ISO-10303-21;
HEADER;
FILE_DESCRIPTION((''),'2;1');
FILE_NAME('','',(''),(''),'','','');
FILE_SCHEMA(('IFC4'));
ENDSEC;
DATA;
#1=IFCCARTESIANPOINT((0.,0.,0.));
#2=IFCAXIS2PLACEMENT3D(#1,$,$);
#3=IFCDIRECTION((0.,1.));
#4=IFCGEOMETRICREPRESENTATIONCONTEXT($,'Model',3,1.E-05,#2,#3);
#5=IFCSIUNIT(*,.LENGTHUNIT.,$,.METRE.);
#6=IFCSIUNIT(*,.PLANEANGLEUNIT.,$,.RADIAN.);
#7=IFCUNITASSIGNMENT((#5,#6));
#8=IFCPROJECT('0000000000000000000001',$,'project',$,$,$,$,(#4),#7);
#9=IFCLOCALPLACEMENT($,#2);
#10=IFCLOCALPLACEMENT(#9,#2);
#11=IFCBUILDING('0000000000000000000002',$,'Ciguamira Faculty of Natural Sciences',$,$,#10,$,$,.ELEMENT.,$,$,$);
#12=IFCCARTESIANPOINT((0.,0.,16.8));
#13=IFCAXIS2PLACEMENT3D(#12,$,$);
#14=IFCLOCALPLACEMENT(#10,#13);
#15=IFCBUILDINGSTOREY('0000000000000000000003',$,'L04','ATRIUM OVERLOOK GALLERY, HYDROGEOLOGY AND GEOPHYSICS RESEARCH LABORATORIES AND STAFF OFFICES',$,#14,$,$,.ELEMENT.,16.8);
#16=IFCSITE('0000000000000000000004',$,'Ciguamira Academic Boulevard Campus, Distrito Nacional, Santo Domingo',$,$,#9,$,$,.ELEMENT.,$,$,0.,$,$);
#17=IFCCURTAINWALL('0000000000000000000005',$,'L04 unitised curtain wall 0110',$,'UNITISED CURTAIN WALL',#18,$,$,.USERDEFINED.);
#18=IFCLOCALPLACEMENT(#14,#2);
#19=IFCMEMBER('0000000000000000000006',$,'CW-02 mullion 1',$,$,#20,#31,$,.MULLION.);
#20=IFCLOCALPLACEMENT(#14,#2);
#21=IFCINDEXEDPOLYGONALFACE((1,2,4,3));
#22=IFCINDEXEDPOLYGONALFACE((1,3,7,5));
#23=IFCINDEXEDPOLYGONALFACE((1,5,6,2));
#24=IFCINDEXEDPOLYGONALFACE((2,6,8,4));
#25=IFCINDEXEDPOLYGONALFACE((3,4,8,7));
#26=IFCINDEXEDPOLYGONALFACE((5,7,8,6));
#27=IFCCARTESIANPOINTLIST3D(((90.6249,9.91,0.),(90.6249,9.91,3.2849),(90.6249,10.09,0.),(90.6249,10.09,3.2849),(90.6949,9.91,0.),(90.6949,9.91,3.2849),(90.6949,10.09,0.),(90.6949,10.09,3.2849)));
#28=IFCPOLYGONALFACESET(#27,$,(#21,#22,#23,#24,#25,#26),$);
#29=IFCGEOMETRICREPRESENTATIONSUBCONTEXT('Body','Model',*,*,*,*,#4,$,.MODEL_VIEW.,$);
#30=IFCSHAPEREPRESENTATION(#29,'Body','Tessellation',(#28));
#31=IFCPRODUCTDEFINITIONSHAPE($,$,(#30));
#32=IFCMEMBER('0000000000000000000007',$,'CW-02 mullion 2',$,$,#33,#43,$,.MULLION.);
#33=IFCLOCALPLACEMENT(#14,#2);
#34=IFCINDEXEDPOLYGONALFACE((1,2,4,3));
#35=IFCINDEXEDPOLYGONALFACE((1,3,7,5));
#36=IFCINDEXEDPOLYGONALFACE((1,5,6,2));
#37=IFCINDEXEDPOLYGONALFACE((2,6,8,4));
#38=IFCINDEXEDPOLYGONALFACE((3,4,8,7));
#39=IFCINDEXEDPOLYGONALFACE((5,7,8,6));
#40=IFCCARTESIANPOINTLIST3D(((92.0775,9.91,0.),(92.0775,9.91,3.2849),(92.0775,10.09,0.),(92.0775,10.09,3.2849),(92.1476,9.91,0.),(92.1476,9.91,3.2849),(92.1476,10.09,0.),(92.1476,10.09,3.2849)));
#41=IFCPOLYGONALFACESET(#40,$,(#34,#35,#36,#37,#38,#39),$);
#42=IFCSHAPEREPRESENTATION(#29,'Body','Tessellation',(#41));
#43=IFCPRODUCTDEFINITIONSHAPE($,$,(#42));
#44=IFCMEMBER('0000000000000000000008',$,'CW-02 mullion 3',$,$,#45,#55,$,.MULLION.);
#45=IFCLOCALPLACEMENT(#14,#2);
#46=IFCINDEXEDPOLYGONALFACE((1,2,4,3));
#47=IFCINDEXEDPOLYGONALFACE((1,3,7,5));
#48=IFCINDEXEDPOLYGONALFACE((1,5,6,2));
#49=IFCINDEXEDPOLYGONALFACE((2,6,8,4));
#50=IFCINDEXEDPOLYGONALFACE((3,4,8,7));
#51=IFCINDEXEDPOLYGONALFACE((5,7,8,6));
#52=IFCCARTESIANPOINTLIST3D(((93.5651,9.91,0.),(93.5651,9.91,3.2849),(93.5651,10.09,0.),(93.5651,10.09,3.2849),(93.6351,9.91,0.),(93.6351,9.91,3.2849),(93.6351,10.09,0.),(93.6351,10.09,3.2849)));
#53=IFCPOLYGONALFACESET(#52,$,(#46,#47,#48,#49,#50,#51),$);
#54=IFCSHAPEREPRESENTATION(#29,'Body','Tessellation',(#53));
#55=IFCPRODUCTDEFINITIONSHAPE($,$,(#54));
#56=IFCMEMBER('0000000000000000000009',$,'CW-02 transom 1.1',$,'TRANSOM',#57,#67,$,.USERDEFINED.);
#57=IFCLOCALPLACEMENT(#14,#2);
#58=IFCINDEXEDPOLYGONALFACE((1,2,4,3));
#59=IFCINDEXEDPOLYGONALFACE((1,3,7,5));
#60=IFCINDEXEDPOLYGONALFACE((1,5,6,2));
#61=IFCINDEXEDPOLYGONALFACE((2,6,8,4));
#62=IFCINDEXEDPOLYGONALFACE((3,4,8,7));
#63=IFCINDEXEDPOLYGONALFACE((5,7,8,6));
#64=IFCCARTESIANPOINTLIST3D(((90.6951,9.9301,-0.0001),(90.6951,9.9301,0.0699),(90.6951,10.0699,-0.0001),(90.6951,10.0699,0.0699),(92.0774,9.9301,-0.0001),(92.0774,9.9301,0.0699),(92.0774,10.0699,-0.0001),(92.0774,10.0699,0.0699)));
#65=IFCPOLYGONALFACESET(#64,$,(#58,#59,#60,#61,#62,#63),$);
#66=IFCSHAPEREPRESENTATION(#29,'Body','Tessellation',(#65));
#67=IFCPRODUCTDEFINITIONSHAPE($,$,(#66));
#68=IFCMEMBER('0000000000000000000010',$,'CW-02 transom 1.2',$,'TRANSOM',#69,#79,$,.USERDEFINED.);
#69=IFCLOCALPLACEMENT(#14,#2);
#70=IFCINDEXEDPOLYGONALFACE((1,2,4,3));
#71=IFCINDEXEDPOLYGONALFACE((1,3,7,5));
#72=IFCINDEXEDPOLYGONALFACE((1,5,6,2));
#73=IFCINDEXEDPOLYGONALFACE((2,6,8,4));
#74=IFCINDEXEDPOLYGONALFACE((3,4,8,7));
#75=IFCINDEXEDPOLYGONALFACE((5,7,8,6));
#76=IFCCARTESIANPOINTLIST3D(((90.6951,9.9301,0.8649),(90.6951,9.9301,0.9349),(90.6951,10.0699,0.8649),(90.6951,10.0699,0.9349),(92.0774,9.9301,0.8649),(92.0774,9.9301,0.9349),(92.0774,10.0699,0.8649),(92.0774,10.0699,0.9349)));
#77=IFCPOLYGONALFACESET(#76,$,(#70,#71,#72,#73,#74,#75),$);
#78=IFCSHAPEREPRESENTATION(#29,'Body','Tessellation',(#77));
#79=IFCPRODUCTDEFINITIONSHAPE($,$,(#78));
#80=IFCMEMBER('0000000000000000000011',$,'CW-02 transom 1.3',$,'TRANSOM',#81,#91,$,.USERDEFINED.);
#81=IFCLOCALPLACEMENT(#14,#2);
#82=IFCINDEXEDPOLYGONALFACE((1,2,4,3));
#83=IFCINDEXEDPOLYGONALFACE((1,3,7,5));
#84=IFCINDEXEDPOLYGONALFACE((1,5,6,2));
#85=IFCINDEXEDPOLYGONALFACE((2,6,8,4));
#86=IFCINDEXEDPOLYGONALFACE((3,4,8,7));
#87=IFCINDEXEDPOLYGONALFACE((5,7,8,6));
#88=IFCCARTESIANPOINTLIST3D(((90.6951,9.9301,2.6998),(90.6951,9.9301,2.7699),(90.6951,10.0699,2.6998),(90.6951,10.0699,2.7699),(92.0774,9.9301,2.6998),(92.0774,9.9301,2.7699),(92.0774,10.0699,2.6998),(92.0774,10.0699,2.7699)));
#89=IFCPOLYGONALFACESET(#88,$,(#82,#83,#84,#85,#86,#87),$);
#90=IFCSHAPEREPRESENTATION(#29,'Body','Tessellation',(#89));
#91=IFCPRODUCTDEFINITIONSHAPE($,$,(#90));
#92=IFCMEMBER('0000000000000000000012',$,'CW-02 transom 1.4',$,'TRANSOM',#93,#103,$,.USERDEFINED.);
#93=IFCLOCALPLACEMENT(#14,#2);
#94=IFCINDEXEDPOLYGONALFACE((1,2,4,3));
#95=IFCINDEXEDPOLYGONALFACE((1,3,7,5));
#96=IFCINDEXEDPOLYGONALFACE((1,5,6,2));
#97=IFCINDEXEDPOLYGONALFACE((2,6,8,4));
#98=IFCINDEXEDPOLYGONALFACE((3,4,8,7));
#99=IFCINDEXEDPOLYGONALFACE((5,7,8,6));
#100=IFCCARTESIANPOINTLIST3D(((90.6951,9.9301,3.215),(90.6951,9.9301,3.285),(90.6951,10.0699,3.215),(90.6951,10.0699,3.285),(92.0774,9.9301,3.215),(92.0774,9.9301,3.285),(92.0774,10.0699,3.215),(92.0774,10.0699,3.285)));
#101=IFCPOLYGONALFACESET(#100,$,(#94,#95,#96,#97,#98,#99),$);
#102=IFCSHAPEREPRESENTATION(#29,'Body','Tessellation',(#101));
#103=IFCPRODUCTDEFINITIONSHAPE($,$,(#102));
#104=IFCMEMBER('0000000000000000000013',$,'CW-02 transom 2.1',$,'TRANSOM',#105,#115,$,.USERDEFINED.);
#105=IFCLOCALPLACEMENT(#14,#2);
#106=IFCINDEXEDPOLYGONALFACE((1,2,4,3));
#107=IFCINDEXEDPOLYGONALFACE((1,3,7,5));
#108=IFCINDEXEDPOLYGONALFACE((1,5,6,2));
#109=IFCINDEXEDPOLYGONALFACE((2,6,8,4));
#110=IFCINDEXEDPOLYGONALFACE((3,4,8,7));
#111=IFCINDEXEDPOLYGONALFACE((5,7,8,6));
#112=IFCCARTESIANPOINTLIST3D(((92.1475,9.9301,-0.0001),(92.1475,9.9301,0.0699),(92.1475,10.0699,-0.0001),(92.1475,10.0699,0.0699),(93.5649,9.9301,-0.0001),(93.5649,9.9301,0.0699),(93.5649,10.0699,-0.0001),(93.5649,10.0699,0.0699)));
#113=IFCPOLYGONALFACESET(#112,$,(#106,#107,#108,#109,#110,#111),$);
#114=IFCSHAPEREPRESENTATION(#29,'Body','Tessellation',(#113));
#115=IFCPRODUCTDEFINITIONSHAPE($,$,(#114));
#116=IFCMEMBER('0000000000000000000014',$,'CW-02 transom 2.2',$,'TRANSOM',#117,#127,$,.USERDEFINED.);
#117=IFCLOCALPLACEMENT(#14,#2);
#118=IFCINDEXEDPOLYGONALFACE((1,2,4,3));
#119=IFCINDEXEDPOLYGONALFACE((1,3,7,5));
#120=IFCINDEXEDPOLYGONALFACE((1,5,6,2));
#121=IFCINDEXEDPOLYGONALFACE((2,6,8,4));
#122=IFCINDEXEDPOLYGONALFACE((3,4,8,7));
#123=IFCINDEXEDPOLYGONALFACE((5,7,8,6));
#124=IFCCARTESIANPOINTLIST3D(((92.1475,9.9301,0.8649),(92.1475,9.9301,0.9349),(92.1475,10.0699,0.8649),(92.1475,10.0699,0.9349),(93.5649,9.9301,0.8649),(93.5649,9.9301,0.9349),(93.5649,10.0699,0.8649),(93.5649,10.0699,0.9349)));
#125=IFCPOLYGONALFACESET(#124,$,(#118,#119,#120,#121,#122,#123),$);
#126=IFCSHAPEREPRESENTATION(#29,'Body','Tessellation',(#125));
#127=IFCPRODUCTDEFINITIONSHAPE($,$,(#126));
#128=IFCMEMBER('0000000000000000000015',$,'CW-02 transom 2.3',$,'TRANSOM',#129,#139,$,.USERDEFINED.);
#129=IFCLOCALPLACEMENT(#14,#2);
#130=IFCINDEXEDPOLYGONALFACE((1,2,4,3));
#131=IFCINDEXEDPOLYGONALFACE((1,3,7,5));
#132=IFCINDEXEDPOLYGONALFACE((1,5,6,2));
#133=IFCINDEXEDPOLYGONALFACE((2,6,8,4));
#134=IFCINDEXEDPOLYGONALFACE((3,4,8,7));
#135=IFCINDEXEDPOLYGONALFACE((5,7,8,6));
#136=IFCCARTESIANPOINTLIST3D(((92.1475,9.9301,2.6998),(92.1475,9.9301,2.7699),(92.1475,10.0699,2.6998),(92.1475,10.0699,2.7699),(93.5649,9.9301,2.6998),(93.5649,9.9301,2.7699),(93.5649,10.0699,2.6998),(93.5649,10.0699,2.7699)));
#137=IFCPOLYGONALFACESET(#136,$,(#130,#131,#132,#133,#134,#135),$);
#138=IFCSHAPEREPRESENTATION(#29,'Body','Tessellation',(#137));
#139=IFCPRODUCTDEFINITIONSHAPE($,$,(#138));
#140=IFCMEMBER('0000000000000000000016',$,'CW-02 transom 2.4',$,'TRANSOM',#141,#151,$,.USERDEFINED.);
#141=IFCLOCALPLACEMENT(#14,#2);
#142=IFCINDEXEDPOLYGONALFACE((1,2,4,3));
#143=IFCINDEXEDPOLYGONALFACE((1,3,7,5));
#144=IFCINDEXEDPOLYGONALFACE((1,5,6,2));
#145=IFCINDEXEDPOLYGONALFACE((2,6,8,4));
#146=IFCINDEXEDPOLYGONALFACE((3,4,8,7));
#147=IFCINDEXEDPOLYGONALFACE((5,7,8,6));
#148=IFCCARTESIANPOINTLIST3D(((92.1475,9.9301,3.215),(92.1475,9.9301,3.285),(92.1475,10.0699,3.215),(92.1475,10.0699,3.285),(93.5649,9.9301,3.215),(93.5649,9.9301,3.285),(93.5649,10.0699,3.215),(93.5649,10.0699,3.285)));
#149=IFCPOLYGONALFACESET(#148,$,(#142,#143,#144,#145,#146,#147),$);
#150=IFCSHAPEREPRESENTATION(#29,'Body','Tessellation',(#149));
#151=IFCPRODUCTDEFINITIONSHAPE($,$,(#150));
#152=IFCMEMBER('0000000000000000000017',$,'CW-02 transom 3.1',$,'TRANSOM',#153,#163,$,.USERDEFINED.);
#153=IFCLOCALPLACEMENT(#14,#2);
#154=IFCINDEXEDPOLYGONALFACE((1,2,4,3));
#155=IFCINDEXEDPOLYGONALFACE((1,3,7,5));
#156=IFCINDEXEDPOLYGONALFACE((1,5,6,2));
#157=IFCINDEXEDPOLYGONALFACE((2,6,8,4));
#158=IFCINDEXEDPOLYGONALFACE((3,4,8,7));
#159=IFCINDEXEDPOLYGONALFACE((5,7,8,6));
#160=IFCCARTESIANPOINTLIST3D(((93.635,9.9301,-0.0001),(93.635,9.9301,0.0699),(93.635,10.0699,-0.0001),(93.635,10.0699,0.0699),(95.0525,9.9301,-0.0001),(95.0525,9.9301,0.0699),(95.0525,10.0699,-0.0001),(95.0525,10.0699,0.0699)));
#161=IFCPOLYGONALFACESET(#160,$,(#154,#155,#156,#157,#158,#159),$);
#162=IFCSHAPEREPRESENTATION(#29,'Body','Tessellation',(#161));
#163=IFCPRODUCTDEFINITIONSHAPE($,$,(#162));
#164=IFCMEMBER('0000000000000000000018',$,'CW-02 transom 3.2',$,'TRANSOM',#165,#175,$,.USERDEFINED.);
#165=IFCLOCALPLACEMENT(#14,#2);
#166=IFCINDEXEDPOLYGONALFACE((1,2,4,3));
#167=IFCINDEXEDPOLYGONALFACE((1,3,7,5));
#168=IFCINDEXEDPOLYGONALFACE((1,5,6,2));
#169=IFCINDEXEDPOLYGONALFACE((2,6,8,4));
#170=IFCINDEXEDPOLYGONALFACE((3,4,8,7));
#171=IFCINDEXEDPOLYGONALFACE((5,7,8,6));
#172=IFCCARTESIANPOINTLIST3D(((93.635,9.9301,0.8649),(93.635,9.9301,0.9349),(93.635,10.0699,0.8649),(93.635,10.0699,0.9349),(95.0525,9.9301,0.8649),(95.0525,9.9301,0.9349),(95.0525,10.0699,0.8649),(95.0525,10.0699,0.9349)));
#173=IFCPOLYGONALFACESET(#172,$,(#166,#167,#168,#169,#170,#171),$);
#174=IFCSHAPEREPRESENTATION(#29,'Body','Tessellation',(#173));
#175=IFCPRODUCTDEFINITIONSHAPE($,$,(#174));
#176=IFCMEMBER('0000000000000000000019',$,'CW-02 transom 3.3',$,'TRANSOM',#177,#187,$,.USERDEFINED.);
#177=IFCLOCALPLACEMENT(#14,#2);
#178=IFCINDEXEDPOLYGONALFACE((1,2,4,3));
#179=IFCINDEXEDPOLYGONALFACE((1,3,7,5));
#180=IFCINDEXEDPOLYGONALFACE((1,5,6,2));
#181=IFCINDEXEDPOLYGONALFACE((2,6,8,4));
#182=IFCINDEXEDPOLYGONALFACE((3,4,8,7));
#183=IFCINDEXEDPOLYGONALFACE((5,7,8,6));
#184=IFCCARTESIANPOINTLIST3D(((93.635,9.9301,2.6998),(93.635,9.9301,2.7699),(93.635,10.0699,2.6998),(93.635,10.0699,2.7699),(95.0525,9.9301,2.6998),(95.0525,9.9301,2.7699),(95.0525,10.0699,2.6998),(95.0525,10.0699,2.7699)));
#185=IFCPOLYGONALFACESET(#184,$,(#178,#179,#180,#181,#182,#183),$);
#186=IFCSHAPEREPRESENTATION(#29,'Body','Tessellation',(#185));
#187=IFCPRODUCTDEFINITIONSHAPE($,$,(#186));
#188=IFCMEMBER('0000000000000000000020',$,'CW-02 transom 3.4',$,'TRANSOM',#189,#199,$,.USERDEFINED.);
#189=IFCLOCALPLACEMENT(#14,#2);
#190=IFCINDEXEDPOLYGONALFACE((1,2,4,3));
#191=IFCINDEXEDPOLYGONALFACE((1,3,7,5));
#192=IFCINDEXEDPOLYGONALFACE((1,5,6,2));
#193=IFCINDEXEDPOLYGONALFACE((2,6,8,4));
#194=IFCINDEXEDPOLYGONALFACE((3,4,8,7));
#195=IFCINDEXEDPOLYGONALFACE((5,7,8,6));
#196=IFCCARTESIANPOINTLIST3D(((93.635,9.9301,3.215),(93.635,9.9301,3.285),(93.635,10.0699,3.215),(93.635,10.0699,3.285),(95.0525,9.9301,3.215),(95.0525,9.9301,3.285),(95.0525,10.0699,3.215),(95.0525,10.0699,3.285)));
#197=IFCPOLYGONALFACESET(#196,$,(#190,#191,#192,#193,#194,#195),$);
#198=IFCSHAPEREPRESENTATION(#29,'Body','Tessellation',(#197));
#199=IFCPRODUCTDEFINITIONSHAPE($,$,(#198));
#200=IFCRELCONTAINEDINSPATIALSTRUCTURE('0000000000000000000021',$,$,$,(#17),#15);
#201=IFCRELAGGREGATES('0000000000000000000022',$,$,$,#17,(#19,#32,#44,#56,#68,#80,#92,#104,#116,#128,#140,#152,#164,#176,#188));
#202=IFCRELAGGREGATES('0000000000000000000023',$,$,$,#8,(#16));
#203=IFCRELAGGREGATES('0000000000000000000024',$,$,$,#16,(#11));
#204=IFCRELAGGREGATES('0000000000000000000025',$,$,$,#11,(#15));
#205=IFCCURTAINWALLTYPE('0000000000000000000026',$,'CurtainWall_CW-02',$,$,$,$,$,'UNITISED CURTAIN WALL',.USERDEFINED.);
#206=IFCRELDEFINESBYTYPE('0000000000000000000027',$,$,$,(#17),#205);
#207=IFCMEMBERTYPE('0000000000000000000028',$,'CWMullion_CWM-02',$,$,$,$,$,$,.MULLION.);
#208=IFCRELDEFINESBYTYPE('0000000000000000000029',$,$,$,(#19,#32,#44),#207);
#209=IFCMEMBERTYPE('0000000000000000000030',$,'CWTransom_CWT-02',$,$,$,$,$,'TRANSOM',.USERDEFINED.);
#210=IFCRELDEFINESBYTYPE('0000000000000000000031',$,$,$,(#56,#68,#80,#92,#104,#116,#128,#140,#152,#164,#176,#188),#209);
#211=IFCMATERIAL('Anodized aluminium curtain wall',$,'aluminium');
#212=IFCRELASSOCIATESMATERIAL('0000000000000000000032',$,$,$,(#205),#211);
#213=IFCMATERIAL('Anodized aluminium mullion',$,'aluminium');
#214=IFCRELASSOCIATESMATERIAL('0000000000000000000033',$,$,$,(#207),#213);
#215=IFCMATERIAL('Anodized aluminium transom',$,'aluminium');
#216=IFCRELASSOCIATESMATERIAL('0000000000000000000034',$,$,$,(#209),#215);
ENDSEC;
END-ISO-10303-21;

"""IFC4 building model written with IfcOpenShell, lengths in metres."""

from ifc_helpers import new_model, si_unit, direction, frame, origin, origin_2d, place, context, subcontext, project, spatial, rectangle, extrude, material, material_profile, profile_set, type_object, element, aggregate, save


model = new_model("IFC4")

# Units and contexts
model_context = context("Model", 3, precision=1e-05, world=origin(), true_north=direction((0.0, 1.0)))
body_context = subcontext(model_context, "Body", "Model", "MODEL_VIEW")
ifc_project = project(units=[si_unit("LENGTHUNIT", "METRE"), si_unit("PLANEANGLEUNIT", "RADIAN")], contexts=[model_context])

# Site, building, storey
site_placement = place(None, origin())
site = spatial("IfcSite", under=ifc_project, at=site_placement, Name="Ciguamira Academic Boulevard Campus, Distrito Nacional, Santo Domingo", CompositionType="ELEMENT", RefElevation=0.0)
building_placement = place(site_placement, origin())
building = spatial("IfcBuilding", under=site, at=building_placement, Name="Ciguamira Faculty of Natural Sciences", CompositionType="ELEMENT")
storey_placement = place(building_placement, frame((0.0, 0.0, 16.8)))
storey = spatial("IfcBuildingStorey", under=building, at=storey_placement, Name="L04", Description="ATRIUM OVERLOOK GALLERY, HYDROGEOLOGY AND GEOPHYSICS RESEARCH LABORATORIES AND STAFF OFFICES", CompositionType="ELEMENT", Elevation=16.8)

# Curtain wall, members
ifc_material_1 = material(Name="Anodized aluminium curtain wall", Category="aluminium")
curtain_wall_type = type_object("IfcCurtainWallType", Name="CurtainWall_CW-02", ElementType="UNITISED CURTAIN WALL", PredefinedType="USERDEFINED", material=ifc_material_1)
curtain_wall_placement = place(storey_placement, origin())
curtain_wall = element("IfcCurtainWall", 1, at=curtain_wall_placement, inside=storey, type_object=curtain_wall_type, Name="L04 unitised curtain wall 0110", ObjectType="UNITISED CURTAIN WALL", PredefinedType="USERDEFINED")
ifc_material_2 = material(Name="Anodized aluminium mullion", Category="aluminium")
ifc_material_profile_1 = material_profile(ifc_material_2, rectangle(XDim=0.0701, YDim=0.1799, at=origin_2d()), Name="ALU-MUL-70X180")
ifc_profile_set_1 = profile_set([ifc_material_profile_1], Name="Anodized aluminium mullion")
member_type_1 = type_object("IfcMemberType", Name="CWMullion_CWM-02", PredefinedType="MULLION", material=ifc_profile_set_1)
member_1_placement = place(storey_placement, frame((90.6599, 10.0, 0.0), z_axis=(0.0, 0.0, 1.0), x_axis=(1.0, 0.0, 0.0)))
member_1 = element("IfcMember", 2, at=member_1_placement, type_object=member_type_1, Name="CW-02 mullion 1", PredefinedType="MULLION", context=body_context, shape_type="SweptSolid", body=[
    extrude(rectangle(XDim=0.0701, YDim=0.1799, at=origin_2d()), origin(), (0.0, 0.0, 1.0), 3.2849),
])
member_2_placement = place(storey_placement, frame((92.1125, 10.0, 0.0), z_axis=(0.0, 0.0, 1.0), x_axis=(1.0, 0.0, 0.0)))
member_2 = element("IfcMember", 3, at=member_2_placement, type_object=member_type_1, Name="CW-02 mullion 2", PredefinedType="MULLION", context=body_context, shape_type="SweptSolid", body=[
    extrude(rectangle(XDim=0.0701, YDim=0.1799, at=origin_2d()), origin(), (0.0, 0.0, 1.0), 3.2849),
])
member_3_placement = place(storey_placement, frame((93.6001, 10.0, 0.0), z_axis=(0.0, 0.0, 1.0), x_axis=(1.0, 0.0, 0.0)))
member_3 = element("IfcMember", 4, at=member_3_placement, type_object=member_type_1, Name="CW-02 mullion 3", PredefinedType="MULLION", context=body_context, shape_type="SweptSolid", body=[
    extrude(rectangle(XDim=0.0701, YDim=0.1799, at=origin_2d()), origin(), (0.0, 0.0, 1.0), 3.2849),
])
ifc_material_3 = material(Name="Anodized aluminium transom", Category="aluminium")
ifc_material_profile_2 = material_profile(ifc_material_3, rectangle(XDim=0.0701, YDim=0.1399, at=origin_2d()), Name="ALU-TRN-70X140")
ifc_profile_set_2 = profile_set([ifc_material_profile_2], Name="Anodized aluminium transom")
member_type_2 = type_object("IfcMemberType", Name="CWTransom_CWT-02", ElementType="TRANSOM", PredefinedType="USERDEFINED", material=ifc_profile_set_2)
member_4_placement = place(storey_placement, frame((90.6951, 10.0, 0.0349), z_axis=(1.0, 0.0, 0.0), x_axis=(0.0, 0.0, 1.0)))
member_4 = element("IfcMember", 5, at=member_4_placement, type_object=member_type_2, Name="CW-02 transom 1.1", ObjectType="TRANSOM", PredefinedType="USERDEFINED", context=body_context, shape_type="SweptSolid", body=[
    extrude(rectangle(XDim=0.0701, YDim=0.1399, at=origin_2d()), origin(), (0.0, 0.0, 1.0), 1.3823),
])
member_5_placement = place(storey_placement, frame((90.6951, 10.0, 0.8999), z_axis=(1.0, 0.0, 0.0), x_axis=(0.0, 0.0, 1.0)))
member_5 = element("IfcMember", 6, at=member_5_placement, type_object=member_type_2, Name="CW-02 transom 1.2", ObjectType="TRANSOM", PredefinedType="USERDEFINED", context=body_context, shape_type="SweptSolid", body=[
    extrude(rectangle(XDim=0.0701, YDim=0.1399, at=origin_2d()), origin(), (0.0, 0.0, 1.0), 1.3823),
])
member_6_placement = place(storey_placement, frame((90.6951, 10.0, 2.7349), z_axis=(1.0, 0.0, 0.0), x_axis=(0.0, 0.0, 1.0)))
member_6 = element("IfcMember", 7, at=member_6_placement, type_object=member_type_2, Name="CW-02 transom 1.3", ObjectType="TRANSOM", PredefinedType="USERDEFINED", context=body_context, shape_type="SweptSolid", body=[
    extrude(rectangle(XDim=0.0701, YDim=0.1399, at=origin_2d()), origin(), (0.0, 0.0, 1.0), 1.3823),
])
member_7_placement = place(storey_placement, frame((90.6951, 10.0, 3.25), z_axis=(1.0, 0.0, 0.0), x_axis=(0.0, 0.0, 1.0)))
member_7 = element("IfcMember", 8, at=member_7_placement, type_object=member_type_2, Name="CW-02 transom 1.4", ObjectType="TRANSOM", PredefinedType="USERDEFINED", context=body_context, shape_type="SweptSolid", body=[
    extrude(rectangle(XDim=0.0701, YDim=0.1399, at=origin_2d()), origin(), (0.0, 0.0, 1.0), 1.3823),
])
member_8_placement = place(storey_placement, frame((92.1475, 10.0, 0.0349), z_axis=(1.0, 0.0, 0.0), x_axis=(0.0, 0.0, 1.0)))
member_8 = element("IfcMember", 9, at=member_8_placement, type_object=member_type_2, Name="CW-02 transom 2.1", ObjectType="TRANSOM", PredefinedType="USERDEFINED", context=body_context, shape_type="SweptSolid", body=[
    extrude(rectangle(XDim=0.0701, YDim=0.1399, at=origin_2d()), origin(), (0.0, 0.0, 1.0), 1.4175),
])
member_9_placement = place(storey_placement, frame((92.1475, 10.0, 0.8999), z_axis=(1.0, 0.0, 0.0), x_axis=(0.0, 0.0, 1.0)))
member_9 = element("IfcMember", 10, at=member_9_placement, type_object=member_type_2, Name="CW-02 transom 2.2", ObjectType="TRANSOM", PredefinedType="USERDEFINED", context=body_context, shape_type="SweptSolid", body=[
    extrude(rectangle(XDim=0.0701, YDim=0.1399, at=origin_2d()), origin(), (0.0, 0.0, 1.0), 1.4175),
])
member_10_placement = place(storey_placement, frame((92.1475, 10.0, 2.7349), z_axis=(1.0, 0.0, 0.0), x_axis=(0.0, 0.0, 1.0)))
member_10 = element("IfcMember", 11, at=member_10_placement, type_object=member_type_2, Name="CW-02 transom 2.3", ObjectType="TRANSOM", PredefinedType="USERDEFINED", context=body_context, shape_type="SweptSolid", body=[
    extrude(rectangle(XDim=0.0701, YDim=0.1399, at=origin_2d()), origin(), (0.0, 0.0, 1.0), 1.4175),
])
member_11_placement = place(storey_placement, frame((92.1475, 10.0, 3.25), z_axis=(1.0, 0.0, 0.0), x_axis=(0.0, 0.0, 1.0)))
member_11 = element("IfcMember", 12, at=member_11_placement, type_object=member_type_2, Name="CW-02 transom 2.4", ObjectType="TRANSOM", PredefinedType="USERDEFINED", context=body_context, shape_type="SweptSolid", body=[
    extrude(rectangle(XDim=0.0701, YDim=0.1399, at=origin_2d()), origin(), (0.0, 0.0, 1.0), 1.4175),
])
member_12_placement = place(storey_placement, frame((93.635, 10.0, 0.0349), z_axis=(1.0, 0.0, 0.0), x_axis=(0.0, 0.0, 1.0)))
member_12 = element("IfcMember", 13, at=member_12_placement, type_object=member_type_2, Name="CW-02 transom 3.1", ObjectType="TRANSOM", PredefinedType="USERDEFINED", context=body_context, shape_type="SweptSolid", body=[
    extrude(rectangle(XDim=0.0701, YDim=0.1399, at=origin_2d()), origin(), (0.0, 0.0, 1.0), 1.4175),
])
member_13_placement = place(storey_placement, frame((93.635, 10.0, 0.8999), z_axis=(1.0, 0.0, 0.0), x_axis=(0.0, 0.0, 1.0)))
member_13 = element("IfcMember", 14, at=member_13_placement, type_object=member_type_2, Name="CW-02 transom 3.2", ObjectType="TRANSOM", PredefinedType="USERDEFINED", context=body_context, shape_type="SweptSolid", body=[
    extrude(rectangle(XDim=0.0701, YDim=0.1399, at=origin_2d()), origin(), (0.0, 0.0, 1.0), 1.4175),
])
member_14_placement = place(storey_placement, frame((93.635, 10.0, 2.7349), z_axis=(1.0, 0.0, 0.0), x_axis=(0.0, 0.0, 1.0)))
member_14 = element("IfcMember", 15, at=member_14_placement, type_object=member_type_2, Name="CW-02 transom 3.3", ObjectType="TRANSOM", PredefinedType="USERDEFINED", context=body_context, shape_type="SweptSolid", body=[
    extrude(rectangle(XDim=0.0701, YDim=0.1399, at=origin_2d()), origin(), (0.0, 0.0, 1.0), 1.4175),
])
member_15_placement = place(storey_placement, frame((93.635, 10.0, 3.25), z_axis=(1.0, 0.0, 0.0), x_axis=(0.0, 0.0, 1.0)))
member_15 = element("IfcMember", 16, at=member_15_placement, type_object=member_type_2, Name="CW-02 transom 3.4", ObjectType="TRANSOM", PredefinedType="USERDEFINED", context=body_context, shape_type="SweptSolid", body=[
    extrude(rectangle(XDim=0.0701, YDim=0.1399, at=origin_2d()), origin(), (0.0, 0.0, 1.0), 1.4175),
])

aggregate(curtain_wall, [member_1, member_2, member_3, member_4, member_5, member_6, member_7, member_8, member_9, member_10, member_11, member_12, member_13, member_14, member_15])

save(model, "model.ifc")
